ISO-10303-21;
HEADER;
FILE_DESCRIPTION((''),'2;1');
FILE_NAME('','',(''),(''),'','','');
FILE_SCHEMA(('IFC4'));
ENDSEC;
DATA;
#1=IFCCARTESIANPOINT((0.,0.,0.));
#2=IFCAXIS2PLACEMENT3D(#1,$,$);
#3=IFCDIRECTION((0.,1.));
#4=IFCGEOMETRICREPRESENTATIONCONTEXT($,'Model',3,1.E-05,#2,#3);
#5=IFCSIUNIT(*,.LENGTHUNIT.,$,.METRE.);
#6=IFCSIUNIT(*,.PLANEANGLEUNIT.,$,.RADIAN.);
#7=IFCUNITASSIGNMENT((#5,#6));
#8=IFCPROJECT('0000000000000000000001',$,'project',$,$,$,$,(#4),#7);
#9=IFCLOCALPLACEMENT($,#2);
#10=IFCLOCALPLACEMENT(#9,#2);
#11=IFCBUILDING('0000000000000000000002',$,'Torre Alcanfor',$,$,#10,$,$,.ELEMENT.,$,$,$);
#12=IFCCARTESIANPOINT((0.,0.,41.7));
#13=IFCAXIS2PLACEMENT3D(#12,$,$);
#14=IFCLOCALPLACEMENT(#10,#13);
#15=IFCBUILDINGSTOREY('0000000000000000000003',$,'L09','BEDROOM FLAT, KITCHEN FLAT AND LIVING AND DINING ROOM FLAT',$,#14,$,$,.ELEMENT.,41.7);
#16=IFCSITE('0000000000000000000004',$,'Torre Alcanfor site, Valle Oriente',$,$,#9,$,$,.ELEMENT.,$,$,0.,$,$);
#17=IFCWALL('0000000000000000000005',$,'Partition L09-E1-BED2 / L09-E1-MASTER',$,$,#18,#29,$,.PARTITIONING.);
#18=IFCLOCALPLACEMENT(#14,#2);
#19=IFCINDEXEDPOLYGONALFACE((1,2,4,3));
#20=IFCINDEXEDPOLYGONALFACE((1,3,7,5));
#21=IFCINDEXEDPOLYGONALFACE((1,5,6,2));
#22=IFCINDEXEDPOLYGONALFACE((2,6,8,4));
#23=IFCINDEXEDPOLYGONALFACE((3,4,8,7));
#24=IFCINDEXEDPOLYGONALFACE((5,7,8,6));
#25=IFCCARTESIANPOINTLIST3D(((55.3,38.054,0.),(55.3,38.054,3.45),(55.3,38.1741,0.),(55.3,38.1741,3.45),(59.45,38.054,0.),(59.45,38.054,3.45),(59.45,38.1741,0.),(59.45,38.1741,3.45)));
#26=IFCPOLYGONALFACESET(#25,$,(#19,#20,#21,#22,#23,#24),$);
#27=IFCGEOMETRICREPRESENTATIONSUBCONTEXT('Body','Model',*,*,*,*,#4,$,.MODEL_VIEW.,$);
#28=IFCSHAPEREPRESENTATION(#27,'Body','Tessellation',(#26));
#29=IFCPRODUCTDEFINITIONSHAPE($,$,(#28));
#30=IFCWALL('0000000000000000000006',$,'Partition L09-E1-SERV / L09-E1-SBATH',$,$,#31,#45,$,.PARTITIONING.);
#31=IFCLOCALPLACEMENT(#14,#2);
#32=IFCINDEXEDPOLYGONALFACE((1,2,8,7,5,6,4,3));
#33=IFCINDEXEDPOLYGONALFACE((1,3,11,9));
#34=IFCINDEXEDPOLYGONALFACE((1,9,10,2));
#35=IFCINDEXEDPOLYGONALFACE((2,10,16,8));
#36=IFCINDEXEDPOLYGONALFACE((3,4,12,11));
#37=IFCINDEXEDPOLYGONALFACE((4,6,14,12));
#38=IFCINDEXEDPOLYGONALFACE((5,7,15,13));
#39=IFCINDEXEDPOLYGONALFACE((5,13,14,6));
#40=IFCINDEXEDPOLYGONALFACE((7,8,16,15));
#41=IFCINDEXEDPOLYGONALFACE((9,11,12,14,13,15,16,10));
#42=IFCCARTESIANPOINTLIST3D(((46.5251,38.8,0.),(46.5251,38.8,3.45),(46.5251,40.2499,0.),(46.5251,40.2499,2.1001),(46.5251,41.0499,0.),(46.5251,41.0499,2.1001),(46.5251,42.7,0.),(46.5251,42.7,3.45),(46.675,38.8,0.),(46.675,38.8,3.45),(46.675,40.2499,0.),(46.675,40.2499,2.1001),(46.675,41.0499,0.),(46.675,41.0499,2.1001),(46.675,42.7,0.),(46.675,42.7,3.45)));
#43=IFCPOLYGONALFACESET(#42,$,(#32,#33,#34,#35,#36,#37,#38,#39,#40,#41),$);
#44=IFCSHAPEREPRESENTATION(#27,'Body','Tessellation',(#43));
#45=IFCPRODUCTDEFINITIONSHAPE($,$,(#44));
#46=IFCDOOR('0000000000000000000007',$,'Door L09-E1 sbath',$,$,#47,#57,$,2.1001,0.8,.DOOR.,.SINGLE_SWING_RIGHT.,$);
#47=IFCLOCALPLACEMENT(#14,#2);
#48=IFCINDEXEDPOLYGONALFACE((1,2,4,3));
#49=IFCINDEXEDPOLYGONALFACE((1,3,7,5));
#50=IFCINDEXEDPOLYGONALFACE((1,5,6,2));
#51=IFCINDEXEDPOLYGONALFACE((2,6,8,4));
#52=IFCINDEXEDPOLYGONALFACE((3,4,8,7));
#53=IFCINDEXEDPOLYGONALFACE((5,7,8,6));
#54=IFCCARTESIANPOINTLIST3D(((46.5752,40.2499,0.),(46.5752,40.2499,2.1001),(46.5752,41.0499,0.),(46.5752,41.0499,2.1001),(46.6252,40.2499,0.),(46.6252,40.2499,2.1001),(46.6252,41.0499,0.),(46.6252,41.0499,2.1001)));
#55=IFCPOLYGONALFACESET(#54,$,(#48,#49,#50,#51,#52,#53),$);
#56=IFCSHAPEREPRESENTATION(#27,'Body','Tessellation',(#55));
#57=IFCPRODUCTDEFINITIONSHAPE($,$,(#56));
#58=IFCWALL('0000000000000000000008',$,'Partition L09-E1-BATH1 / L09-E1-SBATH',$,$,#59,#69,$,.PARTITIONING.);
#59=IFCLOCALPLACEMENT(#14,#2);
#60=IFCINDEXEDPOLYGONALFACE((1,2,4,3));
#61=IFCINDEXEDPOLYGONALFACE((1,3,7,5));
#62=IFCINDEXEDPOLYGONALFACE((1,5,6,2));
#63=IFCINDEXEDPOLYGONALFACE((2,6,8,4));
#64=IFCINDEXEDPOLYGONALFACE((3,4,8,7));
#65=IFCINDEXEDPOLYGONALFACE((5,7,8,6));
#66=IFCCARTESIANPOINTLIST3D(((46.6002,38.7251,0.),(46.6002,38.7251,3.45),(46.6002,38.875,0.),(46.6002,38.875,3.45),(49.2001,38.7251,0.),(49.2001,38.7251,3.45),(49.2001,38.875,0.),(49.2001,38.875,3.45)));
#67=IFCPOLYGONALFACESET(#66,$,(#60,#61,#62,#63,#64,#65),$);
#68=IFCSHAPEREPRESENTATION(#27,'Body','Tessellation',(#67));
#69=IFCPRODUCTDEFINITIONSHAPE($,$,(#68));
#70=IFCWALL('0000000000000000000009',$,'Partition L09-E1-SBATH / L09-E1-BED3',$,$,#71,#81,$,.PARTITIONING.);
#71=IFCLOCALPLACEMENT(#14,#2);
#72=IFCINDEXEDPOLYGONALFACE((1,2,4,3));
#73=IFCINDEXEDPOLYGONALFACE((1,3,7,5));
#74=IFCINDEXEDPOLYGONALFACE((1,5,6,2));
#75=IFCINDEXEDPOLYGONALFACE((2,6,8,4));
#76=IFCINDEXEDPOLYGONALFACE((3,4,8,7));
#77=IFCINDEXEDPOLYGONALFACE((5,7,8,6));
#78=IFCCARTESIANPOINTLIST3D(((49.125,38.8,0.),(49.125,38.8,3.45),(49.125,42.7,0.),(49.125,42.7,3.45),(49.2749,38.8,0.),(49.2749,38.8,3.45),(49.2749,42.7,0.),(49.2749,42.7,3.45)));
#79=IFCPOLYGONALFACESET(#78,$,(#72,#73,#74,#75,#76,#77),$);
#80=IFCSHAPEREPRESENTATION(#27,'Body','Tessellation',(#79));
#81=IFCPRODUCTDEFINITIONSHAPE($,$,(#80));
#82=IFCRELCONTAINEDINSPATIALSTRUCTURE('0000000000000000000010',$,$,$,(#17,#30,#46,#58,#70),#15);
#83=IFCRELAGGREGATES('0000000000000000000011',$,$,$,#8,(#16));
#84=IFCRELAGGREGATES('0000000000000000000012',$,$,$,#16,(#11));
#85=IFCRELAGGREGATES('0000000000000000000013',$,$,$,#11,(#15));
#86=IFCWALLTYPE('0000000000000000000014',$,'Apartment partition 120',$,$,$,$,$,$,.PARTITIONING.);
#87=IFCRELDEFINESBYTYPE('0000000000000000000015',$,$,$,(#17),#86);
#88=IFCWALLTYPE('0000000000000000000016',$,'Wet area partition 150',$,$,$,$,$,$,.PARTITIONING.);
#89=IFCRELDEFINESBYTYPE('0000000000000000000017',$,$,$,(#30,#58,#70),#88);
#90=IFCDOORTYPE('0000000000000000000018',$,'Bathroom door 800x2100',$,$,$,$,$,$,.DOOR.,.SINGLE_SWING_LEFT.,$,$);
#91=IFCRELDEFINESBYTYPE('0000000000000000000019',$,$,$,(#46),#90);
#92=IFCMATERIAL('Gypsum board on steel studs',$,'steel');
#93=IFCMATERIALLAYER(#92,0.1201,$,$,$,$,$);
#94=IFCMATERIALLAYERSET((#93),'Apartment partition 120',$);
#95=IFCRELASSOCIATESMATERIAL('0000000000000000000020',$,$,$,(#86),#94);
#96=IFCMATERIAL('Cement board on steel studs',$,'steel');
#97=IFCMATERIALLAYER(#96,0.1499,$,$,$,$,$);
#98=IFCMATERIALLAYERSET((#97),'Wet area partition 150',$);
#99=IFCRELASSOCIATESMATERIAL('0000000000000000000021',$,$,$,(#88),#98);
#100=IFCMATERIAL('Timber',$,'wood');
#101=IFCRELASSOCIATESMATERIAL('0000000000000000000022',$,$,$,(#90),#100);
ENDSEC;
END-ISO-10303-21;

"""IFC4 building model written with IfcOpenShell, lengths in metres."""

from ifc_helpers import new_model, si_unit, direction, frame, frame_2d, origin, place, context, subcontext, project, spatial, rectangle, extrude, material, layer, layer_set, type_object, element, fill, save


model = new_model("IFC4")

# Units and contexts
model_context = context("Model", 3, precision=1e-05, world=origin(), true_north=direction((0.0, 1.0)))
body_context = subcontext(model_context, "Body", "Model", "MODEL_VIEW")
ifc_project = project(units=[si_unit("LENGTHUNIT", "METRE"), si_unit("PLANEANGLEUNIT", "RADIAN")], contexts=[model_context])

# Site, building, storey
site_placement = place(None, origin())
site = spatial("IfcSite", under=ifc_project, at=site_placement, Name="Torre Alcanfor site, Valle Oriente", CompositionType="ELEMENT", RefElevation=0.0)
building_placement = place(site_placement, origin())
building = spatial("IfcBuilding", under=site, at=building_placement, Name="Torre Alcanfor", CompositionType="ELEMENT")
storey_placement = place(building_placement, frame((0.0, 0.0, 41.7)))
storey = spatial("IfcBuildingStorey", under=building, at=storey_placement, Name="L09", Description="BEDROOM FLAT, KITCHEN FLAT AND LIVING AND DINING ROOM FLAT", CompositionType="ELEMENT", Elevation=41.7)

# Shared definitions
ifc_material_1 = material(Name="Gypsum board on steel studs", Category="steel")
ifc_layer_1 = layer(ifc_material_1, 0.1201)
ifc_layer_set_1 = layer_set([ifc_layer_1], Name="Apartment partition 120")
wall_type_1 = type_object("IfcWallType", Name="Apartment partition 120", PredefinedType="PARTITIONING", material=ifc_layer_set_1)

# Wall
wall_1_placement = place(storey_placement, frame((59.45, 38.114, 0.0), z_axis=(0.0, 0.0, 1.0), x_axis=(-1.0, 0.0, 0.0)))
element("IfcWall", 1, at=wall_1_placement, inside=storey, type_object=wall_type_1, Name="Partition L09-E1-BED2 / L09-E1-MASTER", PredefinedType="PARTITIONING", context=body_context, shape_type="SweptSolid", body=[
    extrude(rectangle(XDim=4.1499, YDim=0.1201, at=frame_2d((2.075, 0.0))), origin(), (0.0, 0.0, 1.0), 3.45),
])

# Wall, opening, door
ifc_material_2 = material(Name="Cement board on steel studs", Category="steel")
ifc_layer_2 = layer(ifc_material_2, 0.1499)
ifc_layer_set_2 = layer_set([ifc_layer_2], Name="Wet area partition 150")
wall_type_2 = type_object("IfcWallType", Name="Wet area partition 150", PredefinedType="PARTITIONING", material=ifc_layer_set_2)
wall_2_placement = place(storey_placement, frame((46.6001, 38.8, 0.0), z_axis=(0.0, 0.0, 1.0), x_axis=(0.0, 1.0, 0.0)))
wall_2 = element("IfcWall", 2, at=wall_2_placement, inside=storey, type_object=wall_type_2, Name="Partition L09-E1-SERV / L09-E1-SBATH", PredefinedType="PARTITIONING", context=body_context, shape_type="SweptSolid", body=[
    extrude(rectangle(XDim=3.8999, YDim=0.1499, at=frame_2d((1.95, 0.0))), origin(), (0.0, 0.0, 1.0), 3.45),
])
opening_1_placement = place(wall_2_placement, frame((1.45, 0.0, 0.0)))
opening_1 = element("IfcOpeningElement", 3, at=opening_1_placement, cuts=wall_2, PredefinedType="OPENING", context=body_context, shape_type="SweptSolid", body=[
    extrude(rectangle(XDim=0.8, YDim=2.1001, at=frame_2d((0.3999, 1.05))), frame((0.0, 0.085, 0.0), z_axis=(0.0, -1.0, 0.0), x_axis=(1.0, 0.0, 0.0)), (0.0, 0.0, 1.0), 0.1699),
])
ifc_material_3 = material(Name="Timber", Category="wood")
door_type_1 = type_object("IfcDoorType", Name="Bathroom door 800x2100", OperationType="SINGLE_SWING_LEFT", PredefinedType="DOOR", material=ifc_material_3)
door_1_placement = place(opening_1_placement, frame((0.8, 0.0, 0.0), z_axis=(0.0, 0.0, 1.0), x_axis=(-1.0, 0.0, 0.0)))
door_1 = element("IfcDoor", 4, at=door_1_placement, inside=storey, type_object=door_type_1, Name="Door L09-E1 sbath", OperationType="SINGLE_SWING_RIGHT", OverallHeight=2.1001, OverallWidth=0.8, PredefinedType="DOOR", context=body_context, shape_type="SweptSolid", body=[
    extrude(rectangle(XDim=0.8, YDim=2.1001, at=frame_2d((0.4001, 1.05))), frame((0.0, 0.0251, 0.0), z_axis=(0.0, -1.0, 0.0), x_axis=(1.0, 0.0, 0.0)), (0.0, 0.0, 1.0), 0.05),
])
fill(opening_1, door_1)

# Walls
wall_3_placement = place(storey_placement, frame((49.2, 38.8, 0.0), z_axis=(0.0, 0.0, 1.0), x_axis=(-1.0, 0.0, 0.0)))
element("IfcWall", 5, at=wall_3_placement, inside=storey, type_object=wall_type_2, Name="Partition L09-E1-BATH1 / L09-E1-SBATH", PredefinedType="PARTITIONING", context=body_context, shape_type="SweptSolid", body=[
    extrude(rectangle(XDim=2.5999, YDim=0.1499, at=frame_2d((1.2998, 0.0))), origin(), (0.0, 0.0, 1.0), 3.45),
])
wall_4_placement = place(storey_placement, frame((49.2, 38.8, 0.0), z_axis=(0.0, 0.0, 1.0), x_axis=(0.0, 1.0, 0.0)))
element("IfcWall", 6, at=wall_4_placement, inside=storey, type_object=wall_type_2, Name="Partition L09-E1-SBATH / L09-E1-BED3", PredefinedType="PARTITIONING", context=body_context, shape_type="SweptSolid", body=[
    extrude(rectangle(XDim=3.8999, YDim=0.1499, at=frame_2d((1.95, 0.0))), origin(), (0.0, 0.0, 1.0), 3.45),
])

save(model, "model.ifc")
